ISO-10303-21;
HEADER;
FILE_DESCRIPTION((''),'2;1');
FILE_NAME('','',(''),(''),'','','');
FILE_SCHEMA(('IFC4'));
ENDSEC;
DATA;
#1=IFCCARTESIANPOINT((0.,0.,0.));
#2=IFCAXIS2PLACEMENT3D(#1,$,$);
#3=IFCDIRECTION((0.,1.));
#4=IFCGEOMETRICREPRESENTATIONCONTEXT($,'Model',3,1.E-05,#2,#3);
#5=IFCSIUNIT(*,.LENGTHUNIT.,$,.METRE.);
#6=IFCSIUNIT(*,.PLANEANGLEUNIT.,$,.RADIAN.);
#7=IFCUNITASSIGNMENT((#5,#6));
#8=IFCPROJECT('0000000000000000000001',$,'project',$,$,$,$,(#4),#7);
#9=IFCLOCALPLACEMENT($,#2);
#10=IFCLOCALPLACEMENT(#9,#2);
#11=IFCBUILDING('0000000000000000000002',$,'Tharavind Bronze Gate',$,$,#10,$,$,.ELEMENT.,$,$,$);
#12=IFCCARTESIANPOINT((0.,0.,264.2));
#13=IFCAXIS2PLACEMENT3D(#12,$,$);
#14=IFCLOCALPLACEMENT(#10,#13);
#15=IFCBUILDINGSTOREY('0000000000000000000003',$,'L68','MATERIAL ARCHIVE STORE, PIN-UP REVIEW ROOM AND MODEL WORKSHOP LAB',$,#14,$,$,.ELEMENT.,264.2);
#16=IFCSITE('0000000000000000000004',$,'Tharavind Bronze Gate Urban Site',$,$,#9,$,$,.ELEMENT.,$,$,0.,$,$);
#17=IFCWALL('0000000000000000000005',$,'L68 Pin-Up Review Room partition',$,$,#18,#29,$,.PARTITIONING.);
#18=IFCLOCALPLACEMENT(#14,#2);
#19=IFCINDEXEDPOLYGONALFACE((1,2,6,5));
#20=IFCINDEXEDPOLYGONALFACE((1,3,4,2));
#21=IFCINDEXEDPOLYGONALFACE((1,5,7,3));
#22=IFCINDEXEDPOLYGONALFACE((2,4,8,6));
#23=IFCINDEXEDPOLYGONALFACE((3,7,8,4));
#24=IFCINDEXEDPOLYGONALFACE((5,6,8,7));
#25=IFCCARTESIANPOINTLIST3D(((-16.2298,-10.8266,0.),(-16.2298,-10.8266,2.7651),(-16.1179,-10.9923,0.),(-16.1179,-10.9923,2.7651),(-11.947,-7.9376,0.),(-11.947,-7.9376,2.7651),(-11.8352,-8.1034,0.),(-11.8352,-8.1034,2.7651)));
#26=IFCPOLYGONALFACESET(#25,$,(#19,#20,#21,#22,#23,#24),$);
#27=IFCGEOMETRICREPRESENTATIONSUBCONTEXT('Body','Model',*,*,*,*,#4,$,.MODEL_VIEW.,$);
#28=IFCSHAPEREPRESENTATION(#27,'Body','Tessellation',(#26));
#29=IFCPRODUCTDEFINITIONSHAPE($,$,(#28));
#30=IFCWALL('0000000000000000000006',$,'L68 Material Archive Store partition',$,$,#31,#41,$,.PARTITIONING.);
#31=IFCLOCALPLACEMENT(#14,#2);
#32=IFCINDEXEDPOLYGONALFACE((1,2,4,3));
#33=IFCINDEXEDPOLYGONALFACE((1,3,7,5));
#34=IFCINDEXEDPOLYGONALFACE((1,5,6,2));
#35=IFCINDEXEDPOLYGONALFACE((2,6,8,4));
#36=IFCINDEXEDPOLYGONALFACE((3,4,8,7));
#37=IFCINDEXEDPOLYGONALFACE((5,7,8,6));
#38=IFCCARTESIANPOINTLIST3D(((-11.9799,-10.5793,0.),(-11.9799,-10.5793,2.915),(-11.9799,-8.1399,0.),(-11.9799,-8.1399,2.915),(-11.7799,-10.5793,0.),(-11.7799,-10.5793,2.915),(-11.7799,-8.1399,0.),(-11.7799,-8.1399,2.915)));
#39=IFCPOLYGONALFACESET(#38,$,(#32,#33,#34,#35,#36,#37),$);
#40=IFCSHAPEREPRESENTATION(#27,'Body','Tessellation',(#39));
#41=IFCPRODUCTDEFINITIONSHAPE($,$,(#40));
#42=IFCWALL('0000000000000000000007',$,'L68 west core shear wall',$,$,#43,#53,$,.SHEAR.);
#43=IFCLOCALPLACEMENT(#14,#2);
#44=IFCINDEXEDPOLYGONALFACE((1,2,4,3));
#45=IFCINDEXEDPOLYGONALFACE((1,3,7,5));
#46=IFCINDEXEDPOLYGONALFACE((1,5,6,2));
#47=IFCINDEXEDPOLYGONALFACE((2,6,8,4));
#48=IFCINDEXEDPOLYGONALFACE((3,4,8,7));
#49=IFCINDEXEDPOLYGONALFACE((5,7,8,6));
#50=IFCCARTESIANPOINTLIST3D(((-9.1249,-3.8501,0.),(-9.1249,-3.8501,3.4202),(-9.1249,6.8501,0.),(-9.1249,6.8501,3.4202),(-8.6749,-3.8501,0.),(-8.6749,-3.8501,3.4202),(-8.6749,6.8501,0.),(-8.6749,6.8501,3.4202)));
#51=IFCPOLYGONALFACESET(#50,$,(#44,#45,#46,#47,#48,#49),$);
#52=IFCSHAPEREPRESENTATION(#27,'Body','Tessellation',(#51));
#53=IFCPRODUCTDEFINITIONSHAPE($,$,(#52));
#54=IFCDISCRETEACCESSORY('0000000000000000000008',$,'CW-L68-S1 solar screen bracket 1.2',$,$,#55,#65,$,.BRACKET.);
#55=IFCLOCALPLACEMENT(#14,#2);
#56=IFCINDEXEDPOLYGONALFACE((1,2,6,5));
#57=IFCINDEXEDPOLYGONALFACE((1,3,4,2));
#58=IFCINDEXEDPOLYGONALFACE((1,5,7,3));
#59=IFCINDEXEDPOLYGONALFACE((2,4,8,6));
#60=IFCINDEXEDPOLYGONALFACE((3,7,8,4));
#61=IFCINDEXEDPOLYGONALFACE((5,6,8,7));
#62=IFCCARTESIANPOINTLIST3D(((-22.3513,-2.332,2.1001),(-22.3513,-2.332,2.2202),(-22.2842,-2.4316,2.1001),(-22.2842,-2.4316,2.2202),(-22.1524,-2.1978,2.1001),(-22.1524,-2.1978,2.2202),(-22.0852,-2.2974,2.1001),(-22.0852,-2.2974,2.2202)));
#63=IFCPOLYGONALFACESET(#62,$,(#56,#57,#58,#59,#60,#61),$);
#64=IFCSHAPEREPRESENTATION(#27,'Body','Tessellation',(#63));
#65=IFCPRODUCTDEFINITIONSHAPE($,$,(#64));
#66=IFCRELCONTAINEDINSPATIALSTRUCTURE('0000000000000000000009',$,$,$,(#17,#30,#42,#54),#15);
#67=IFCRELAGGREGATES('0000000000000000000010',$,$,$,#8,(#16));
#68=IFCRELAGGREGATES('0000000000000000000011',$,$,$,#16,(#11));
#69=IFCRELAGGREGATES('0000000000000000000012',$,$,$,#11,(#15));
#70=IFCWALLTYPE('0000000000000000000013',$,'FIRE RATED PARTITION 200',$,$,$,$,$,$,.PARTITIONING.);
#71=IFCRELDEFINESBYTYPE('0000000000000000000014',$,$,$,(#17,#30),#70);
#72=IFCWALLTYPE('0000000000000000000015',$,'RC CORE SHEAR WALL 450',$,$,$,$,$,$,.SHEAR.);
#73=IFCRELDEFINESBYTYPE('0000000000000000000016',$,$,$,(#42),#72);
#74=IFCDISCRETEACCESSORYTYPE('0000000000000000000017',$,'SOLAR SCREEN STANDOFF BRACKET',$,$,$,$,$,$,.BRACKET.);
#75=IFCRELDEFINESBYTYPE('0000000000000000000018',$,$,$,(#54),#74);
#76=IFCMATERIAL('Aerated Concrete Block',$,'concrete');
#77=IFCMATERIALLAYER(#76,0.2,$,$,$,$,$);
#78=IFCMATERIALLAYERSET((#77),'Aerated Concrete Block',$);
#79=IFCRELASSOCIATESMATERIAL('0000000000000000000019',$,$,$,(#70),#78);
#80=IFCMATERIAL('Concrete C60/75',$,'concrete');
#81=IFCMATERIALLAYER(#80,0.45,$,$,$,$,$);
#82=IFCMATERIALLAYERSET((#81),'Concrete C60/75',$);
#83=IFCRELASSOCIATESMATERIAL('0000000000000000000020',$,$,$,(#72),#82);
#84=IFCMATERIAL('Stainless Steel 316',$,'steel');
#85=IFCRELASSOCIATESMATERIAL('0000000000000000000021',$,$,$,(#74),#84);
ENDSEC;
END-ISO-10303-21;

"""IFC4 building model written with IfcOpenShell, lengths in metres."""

from ifc_helpers import new_model, si_unit, direction, frame, frame_2d, origin, origin_2d, place, context, subcontext, project, spatial, rectangle, extrude, material, layer, layer_set, type_object, element, save


model = new_model("IFC4")

# Units and contexts
model_context = context("Model", 3, precision=1e-05, world=origin(), true_north=direction((0.0, 1.0)))
body_context = subcontext(model_context, "Body", "Model", "MODEL_VIEW")
ifc_project = project(units=[si_unit("LENGTHUNIT", "METRE"), si_unit("PLANEANGLEUNIT", "RADIAN")], contexts=[model_context])

# Site, building, storey
site_placement = place(None, origin())
site = spatial("IfcSite", under=ifc_project, at=site_placement, Name="Tharavind Bronze Gate Urban Site", CompositionType="ELEMENT", RefElevation=0.0)
building_placement = place(site_placement, origin())
building = spatial("IfcBuilding", under=site, at=building_placement, Name="Tharavind Bronze Gate", CompositionType="ELEMENT")
storey_placement = place(building_placement, frame((0.0, 0.0, 264.2)))
storey = spatial("IfcBuildingStorey", under=building, at=storey_placement, Name="L68", Description="MATERIAL ARCHIVE STORE, PIN-UP REVIEW ROOM AND MODEL WORKSHOP LAB", CompositionType="ELEMENT", Elevation=264.2)

# Shared definitions
ifc_material_1 = material(Name="Aerated Concrete Block", Category="concrete")
ifc_layer_1 = layer(ifc_material_1, 0.2)
ifc_layer_set_1 = layer_set([ifc_layer_1], Name="Aerated Concrete Block")
wall_type_1 = type_object("IfcWallType", Name="FIRE RATED PARTITION 200", PredefinedType="PARTITIONING", material=ifc_layer_set_1)

# Walls
wall_1_placement = place(storey_placement, frame((-11.8911, -8.0205, 0.0), z_axis=(0.0, 0.0, 1.0), x_axis=(-0.829021, -0.559218, 0.0)))
element("IfcWall", 1, at=wall_1_placement, inside=storey, type_object=wall_type_1, Name="L68 Pin-Up Review Room partition", PredefinedType="PARTITIONING", context=body_context, shape_type="SweptSolid", body=[
    extrude(rectangle(XDim=5.166, YDim=0.2, at=frame_2d((2.583, 0.0))), origin(), (0.0, 0.0, 1.0), 2.7651),
])
wall_2_placement = place(storey_placement, frame((-11.8799, -8.1399, 0.0), z_axis=(0.0, 0.0, 1.0), x_axis=(0.0, -1.0, 0.0)))
element("IfcWall", 2, at=wall_2_placement, inside=storey, type_object=wall_type_1, Name="L68 Material Archive Store partition", PredefinedType="PARTITIONING", context=body_context, shape_type="SweptSolid", body=[
    extrude(rectangle(XDim=2.4395, YDim=0.2, at=frame_2d((1.2197, 0.0))), origin(), (0.0, 0.0, 1.0), 2.915),
])

# Wall
ifc_material_2 = material(Name="Concrete C60/75", Category="concrete")
ifc_layer_2 = layer(ifc_material_2, 0.45)
ifc_layer_set_2 = layer_set([ifc_layer_2], Name="Concrete C60/75")
wall_type_2 = type_object("IfcWallType", Name="RC CORE SHEAR WALL 450", PredefinedType="SHEAR", material=ifc_layer_set_2)
wall_3_placement = place(storey_placement, frame((-8.8999, -3.8501, 0.0), z_axis=(0.0, 0.0, 1.0), x_axis=(0.0, 1.0, 0.0)))
element("IfcWall", 3, at=wall_3_placement, inside=storey, type_object=wall_type_2, Name="L68 west core shear wall", PredefinedType="SHEAR", context=body_context, shape_type="SweptSolid", body=[
    extrude(rectangle(XDim=10.7002, YDim=0.45, at=frame_2d((5.3501, 0.0))), origin(), (0.0, 0.0, 1.0), 3.4202),
])

# Discrete accessory
ifc_material_3 = material(Name="Stainless Steel 316", Category="steel")
discrete_accessory_type = type_object("IfcDiscreteAccessoryType", Name="SOLAR SCREEN STANDOFF BRACKET", PredefinedType="BRACKET", material=ifc_material_3)
discrete_accessory_placement = place(storey_placement, frame((-22.2183, -2.3147, 2.1001), z_axis=(0.0, 0.0, 1.0), x_axis=(0.559191, -0.829039, 0.0)))
element("IfcDiscreteAccessory", 4, at=discrete_accessory_placement, inside=storey, type_object=discrete_accessory_type, Name="CW-L68-S1 solar screen bracket 1.2", PredefinedType="BRACKET", context=body_context, shape_type="SweptSolid", body=[
    extrude(rectangle(XDim=0.1201, YDim=0.24, at=origin_2d()), origin(), (0.0, 0.0, 1.0), 0.1201),
])

save(model, "model.ifc")
